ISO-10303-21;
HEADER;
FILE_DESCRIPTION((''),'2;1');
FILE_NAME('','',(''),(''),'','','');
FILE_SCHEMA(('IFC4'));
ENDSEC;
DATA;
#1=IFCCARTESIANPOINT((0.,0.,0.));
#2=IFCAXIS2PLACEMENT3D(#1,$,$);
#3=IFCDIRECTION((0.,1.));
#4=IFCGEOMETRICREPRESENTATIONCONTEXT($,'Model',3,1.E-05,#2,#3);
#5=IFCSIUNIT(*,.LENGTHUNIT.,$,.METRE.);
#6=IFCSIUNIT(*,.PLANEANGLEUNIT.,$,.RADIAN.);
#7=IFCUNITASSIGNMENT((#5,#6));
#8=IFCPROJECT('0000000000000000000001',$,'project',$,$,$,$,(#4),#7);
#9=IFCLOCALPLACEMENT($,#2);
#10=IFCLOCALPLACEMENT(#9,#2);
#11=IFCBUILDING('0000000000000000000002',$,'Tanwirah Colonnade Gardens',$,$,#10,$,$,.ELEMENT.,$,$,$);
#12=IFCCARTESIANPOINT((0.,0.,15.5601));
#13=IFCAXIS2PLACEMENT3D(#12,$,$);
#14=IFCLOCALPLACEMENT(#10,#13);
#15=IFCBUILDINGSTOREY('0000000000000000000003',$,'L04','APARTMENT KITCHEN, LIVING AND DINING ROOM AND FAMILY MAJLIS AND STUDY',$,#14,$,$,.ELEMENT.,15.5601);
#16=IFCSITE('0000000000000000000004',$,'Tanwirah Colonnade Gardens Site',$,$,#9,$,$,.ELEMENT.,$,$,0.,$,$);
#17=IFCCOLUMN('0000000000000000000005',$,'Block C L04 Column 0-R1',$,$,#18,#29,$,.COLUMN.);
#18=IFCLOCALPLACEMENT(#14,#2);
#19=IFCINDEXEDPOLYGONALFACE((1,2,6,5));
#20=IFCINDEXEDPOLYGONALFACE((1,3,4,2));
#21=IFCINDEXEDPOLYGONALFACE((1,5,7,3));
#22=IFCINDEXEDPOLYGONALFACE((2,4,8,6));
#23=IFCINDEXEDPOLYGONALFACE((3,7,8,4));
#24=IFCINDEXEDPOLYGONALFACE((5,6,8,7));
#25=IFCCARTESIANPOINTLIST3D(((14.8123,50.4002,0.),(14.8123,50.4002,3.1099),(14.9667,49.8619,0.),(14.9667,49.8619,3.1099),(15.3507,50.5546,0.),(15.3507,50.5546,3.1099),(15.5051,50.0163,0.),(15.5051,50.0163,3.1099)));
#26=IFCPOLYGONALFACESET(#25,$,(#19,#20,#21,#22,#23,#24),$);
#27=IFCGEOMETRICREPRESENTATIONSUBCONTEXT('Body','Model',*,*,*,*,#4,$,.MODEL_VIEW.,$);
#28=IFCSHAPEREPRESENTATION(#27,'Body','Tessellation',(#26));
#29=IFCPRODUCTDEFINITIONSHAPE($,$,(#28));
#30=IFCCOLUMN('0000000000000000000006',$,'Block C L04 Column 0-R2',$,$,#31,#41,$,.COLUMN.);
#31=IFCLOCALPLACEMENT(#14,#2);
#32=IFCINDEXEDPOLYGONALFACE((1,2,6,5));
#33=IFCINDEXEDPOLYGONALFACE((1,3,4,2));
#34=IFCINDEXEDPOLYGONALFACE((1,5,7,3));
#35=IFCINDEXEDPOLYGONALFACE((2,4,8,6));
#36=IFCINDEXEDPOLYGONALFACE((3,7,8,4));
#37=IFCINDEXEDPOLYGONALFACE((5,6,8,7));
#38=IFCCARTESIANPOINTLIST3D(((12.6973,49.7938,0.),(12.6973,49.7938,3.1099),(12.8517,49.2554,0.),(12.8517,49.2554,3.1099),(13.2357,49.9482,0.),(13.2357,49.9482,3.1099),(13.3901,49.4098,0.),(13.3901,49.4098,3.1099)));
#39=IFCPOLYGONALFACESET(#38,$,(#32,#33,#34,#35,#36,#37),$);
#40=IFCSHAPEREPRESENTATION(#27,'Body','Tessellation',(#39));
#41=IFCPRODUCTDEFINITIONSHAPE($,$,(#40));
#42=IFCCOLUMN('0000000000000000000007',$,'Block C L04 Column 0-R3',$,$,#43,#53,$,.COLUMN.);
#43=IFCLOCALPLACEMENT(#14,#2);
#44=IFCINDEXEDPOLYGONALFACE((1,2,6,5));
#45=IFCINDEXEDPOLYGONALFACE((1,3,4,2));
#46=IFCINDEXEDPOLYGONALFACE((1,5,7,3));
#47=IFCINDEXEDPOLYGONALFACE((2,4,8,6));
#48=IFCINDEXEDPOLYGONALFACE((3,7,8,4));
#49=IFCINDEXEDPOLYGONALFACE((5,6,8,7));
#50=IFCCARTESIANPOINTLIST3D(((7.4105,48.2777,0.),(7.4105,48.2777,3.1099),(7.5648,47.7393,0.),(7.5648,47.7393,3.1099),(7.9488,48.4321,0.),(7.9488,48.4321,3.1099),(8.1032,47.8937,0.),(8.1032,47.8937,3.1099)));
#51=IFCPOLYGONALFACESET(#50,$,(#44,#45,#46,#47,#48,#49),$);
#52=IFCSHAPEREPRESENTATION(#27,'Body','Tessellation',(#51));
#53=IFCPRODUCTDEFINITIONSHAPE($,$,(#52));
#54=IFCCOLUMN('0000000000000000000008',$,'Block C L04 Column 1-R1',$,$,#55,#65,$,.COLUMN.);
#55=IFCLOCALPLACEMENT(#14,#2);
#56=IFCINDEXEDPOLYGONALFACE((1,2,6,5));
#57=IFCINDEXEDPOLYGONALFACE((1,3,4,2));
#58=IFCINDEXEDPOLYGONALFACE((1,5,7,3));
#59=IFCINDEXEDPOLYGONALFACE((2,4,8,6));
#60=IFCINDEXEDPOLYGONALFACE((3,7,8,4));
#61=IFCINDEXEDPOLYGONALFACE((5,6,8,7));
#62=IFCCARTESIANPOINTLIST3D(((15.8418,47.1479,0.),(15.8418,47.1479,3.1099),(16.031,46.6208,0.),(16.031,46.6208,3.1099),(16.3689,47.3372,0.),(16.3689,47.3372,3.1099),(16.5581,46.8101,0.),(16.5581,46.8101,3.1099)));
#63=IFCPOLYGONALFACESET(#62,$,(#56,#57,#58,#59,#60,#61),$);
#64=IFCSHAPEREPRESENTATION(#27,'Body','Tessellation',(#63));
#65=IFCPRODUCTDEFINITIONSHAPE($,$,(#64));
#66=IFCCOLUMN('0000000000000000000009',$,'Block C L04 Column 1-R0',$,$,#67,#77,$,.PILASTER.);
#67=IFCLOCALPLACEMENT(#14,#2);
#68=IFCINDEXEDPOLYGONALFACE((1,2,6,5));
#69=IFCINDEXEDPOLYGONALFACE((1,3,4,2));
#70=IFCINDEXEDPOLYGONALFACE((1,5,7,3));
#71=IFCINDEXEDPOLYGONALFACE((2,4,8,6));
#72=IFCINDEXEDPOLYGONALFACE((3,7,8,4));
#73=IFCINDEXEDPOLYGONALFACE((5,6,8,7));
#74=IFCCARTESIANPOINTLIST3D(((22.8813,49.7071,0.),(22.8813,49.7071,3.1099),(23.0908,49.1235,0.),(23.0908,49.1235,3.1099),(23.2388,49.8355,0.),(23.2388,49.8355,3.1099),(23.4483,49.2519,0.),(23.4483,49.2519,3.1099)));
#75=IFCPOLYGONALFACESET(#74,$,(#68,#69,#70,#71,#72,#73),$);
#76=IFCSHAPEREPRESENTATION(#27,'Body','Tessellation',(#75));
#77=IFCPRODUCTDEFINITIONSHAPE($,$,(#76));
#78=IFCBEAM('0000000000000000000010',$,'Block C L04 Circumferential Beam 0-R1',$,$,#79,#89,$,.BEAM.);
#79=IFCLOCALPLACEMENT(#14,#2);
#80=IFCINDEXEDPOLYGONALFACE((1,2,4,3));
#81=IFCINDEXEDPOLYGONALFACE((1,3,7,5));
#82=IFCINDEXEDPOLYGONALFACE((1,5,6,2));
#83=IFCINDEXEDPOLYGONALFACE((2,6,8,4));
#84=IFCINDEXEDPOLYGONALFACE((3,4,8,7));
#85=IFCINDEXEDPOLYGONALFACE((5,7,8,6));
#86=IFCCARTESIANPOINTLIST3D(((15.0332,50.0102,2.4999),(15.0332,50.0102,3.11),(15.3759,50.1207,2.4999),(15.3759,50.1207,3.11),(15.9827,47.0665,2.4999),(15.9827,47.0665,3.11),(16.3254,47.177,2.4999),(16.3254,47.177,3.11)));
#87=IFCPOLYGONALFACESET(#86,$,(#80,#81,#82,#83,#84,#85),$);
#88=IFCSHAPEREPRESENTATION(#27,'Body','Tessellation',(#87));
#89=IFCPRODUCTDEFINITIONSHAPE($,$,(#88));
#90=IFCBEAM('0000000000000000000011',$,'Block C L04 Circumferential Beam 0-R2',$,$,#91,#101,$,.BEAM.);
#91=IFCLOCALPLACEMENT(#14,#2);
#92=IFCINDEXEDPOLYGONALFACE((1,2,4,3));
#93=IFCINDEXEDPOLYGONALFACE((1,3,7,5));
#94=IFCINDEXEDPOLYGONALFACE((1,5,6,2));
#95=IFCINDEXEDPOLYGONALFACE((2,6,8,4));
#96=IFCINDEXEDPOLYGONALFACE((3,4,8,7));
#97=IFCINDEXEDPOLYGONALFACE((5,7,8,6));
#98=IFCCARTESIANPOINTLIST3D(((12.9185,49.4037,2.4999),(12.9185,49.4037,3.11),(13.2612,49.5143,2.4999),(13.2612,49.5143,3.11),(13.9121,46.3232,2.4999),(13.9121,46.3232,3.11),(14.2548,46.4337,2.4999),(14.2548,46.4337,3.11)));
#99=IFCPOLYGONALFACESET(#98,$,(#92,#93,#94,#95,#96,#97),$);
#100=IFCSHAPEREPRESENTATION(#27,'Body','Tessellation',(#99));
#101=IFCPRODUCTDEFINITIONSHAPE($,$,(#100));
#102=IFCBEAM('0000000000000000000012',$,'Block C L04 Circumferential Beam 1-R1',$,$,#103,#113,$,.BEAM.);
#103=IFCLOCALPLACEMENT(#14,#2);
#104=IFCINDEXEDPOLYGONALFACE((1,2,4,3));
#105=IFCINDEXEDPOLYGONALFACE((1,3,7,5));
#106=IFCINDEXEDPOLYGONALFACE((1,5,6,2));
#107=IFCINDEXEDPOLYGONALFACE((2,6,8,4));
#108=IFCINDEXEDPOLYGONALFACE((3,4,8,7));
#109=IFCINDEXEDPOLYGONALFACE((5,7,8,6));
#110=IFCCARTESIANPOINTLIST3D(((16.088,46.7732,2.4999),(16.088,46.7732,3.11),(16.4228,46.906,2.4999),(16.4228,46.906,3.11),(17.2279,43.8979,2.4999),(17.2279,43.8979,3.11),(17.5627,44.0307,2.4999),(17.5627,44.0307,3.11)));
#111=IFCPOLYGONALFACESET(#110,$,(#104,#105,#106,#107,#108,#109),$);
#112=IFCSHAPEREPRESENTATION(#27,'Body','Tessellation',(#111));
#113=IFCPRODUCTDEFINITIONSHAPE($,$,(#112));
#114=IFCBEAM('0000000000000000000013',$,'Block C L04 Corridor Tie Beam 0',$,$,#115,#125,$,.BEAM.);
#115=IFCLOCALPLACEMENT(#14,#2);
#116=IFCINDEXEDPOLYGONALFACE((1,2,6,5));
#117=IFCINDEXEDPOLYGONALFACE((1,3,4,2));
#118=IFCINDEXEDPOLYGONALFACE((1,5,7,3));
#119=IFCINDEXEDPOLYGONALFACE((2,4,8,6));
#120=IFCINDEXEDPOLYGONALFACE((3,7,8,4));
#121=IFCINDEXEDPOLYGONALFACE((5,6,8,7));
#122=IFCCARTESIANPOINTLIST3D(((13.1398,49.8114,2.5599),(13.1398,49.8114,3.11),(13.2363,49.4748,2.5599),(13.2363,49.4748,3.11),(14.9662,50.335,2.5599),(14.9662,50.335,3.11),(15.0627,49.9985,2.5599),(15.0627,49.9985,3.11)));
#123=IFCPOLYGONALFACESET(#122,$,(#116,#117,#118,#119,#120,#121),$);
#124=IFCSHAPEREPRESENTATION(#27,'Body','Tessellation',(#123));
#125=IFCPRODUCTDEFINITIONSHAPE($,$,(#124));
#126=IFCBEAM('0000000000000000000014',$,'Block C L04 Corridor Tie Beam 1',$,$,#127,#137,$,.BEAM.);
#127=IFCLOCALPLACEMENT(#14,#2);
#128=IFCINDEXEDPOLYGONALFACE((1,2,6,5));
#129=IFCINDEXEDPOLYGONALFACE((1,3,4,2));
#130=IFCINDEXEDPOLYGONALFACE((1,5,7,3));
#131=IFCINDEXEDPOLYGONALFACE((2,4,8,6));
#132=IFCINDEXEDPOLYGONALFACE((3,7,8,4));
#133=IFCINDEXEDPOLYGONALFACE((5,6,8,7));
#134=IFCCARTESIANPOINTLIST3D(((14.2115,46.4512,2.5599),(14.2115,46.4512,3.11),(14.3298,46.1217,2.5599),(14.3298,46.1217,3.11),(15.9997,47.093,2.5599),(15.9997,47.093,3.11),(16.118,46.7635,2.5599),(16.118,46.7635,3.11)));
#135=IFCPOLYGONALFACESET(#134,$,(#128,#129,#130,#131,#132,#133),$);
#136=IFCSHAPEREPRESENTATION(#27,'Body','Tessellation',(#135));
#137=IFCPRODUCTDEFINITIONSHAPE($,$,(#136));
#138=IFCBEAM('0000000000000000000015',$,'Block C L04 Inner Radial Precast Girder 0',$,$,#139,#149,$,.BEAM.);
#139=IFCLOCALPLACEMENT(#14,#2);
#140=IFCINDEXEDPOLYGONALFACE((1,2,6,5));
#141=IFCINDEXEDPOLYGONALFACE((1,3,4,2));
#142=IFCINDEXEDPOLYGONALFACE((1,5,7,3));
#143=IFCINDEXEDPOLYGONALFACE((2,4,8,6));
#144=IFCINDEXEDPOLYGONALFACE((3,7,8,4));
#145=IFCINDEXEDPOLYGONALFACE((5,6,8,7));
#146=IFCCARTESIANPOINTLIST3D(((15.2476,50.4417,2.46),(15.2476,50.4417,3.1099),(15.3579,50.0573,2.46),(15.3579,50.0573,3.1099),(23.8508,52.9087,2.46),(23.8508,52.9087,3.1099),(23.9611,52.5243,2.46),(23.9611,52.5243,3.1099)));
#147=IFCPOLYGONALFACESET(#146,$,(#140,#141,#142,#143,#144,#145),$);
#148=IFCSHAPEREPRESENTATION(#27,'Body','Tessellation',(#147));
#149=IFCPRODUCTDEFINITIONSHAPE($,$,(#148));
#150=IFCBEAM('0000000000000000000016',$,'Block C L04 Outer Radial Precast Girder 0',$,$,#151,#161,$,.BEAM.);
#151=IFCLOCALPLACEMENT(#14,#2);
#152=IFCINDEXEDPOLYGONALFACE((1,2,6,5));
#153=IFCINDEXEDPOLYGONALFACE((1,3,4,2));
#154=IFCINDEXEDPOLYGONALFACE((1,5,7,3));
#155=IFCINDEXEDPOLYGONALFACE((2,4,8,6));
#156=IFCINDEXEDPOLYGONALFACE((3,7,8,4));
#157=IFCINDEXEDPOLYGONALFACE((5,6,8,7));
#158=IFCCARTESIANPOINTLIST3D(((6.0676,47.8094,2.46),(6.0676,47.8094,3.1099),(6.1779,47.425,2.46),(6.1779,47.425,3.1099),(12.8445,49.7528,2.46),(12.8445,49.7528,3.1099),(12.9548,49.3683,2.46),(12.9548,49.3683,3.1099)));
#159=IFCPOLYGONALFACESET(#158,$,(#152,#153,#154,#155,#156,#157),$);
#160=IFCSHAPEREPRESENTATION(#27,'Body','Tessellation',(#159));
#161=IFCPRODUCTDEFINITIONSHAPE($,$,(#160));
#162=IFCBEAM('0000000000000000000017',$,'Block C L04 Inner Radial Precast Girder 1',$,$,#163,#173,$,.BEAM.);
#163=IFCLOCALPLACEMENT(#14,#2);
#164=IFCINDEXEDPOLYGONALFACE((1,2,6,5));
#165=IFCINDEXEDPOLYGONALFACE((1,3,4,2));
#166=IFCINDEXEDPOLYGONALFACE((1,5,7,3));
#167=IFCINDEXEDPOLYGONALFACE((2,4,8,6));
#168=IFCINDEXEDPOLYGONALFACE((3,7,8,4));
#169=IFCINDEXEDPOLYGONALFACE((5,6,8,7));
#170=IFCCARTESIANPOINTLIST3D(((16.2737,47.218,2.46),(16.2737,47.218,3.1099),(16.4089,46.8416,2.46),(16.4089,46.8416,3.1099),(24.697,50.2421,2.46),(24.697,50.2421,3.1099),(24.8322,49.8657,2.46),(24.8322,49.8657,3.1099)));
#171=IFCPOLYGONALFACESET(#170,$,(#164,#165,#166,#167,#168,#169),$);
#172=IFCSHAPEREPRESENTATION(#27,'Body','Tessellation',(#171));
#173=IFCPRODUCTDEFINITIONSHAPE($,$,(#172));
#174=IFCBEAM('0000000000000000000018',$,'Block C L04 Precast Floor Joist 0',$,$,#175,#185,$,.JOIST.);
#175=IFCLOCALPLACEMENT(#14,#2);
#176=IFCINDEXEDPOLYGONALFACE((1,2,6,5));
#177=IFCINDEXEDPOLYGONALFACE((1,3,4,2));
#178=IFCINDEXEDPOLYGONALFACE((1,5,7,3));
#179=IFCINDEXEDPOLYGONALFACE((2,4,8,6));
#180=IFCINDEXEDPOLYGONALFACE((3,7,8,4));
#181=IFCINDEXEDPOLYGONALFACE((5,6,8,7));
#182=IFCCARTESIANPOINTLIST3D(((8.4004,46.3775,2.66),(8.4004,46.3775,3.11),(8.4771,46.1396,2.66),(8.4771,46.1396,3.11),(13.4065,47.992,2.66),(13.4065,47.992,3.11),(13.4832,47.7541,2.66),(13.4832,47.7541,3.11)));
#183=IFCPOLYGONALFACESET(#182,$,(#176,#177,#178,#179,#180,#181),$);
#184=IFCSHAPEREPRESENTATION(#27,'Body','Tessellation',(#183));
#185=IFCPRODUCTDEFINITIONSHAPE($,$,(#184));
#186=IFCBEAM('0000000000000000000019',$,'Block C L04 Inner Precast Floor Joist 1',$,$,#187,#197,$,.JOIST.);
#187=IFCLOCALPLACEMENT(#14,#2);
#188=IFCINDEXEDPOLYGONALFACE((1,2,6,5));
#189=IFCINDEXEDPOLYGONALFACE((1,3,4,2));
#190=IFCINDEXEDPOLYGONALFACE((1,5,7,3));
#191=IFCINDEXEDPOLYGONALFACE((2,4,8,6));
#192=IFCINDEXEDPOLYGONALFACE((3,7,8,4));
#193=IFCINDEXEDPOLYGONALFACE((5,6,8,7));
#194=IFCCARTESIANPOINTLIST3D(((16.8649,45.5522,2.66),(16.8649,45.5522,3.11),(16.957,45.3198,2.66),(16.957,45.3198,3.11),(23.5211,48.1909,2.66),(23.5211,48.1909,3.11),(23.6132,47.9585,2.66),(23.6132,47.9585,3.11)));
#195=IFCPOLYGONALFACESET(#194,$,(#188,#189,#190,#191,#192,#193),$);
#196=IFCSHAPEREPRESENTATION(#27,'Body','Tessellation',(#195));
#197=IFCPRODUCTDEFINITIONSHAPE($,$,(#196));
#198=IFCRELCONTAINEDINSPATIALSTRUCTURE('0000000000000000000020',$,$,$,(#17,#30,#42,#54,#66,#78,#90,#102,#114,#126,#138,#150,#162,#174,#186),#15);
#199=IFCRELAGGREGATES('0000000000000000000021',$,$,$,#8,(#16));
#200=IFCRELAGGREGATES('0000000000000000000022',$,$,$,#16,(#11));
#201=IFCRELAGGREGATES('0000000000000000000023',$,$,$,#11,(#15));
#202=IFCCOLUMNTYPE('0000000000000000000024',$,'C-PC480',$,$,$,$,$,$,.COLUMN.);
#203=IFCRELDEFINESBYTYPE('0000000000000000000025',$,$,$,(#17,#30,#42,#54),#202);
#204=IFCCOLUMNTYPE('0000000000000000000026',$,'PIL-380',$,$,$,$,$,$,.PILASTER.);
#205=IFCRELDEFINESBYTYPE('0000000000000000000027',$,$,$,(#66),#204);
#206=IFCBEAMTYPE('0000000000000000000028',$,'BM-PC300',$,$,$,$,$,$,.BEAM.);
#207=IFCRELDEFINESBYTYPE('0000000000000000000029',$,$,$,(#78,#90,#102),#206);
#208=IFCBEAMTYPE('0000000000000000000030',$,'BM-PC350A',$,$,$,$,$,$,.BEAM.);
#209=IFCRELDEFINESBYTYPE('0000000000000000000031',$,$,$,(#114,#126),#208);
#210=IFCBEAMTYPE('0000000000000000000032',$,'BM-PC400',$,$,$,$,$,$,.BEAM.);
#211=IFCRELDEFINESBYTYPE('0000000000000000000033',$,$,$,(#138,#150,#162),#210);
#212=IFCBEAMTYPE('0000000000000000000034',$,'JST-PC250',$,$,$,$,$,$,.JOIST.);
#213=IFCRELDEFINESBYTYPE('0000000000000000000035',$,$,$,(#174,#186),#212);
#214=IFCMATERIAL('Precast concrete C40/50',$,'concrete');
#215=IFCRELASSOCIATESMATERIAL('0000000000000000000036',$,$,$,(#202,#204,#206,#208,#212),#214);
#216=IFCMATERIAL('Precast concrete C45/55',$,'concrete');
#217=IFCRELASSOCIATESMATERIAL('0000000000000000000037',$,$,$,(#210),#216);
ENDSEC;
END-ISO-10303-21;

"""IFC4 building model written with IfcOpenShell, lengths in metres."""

from ifc_helpers import new_model, si_unit, direction, frame, origin, origin_2d, place, context, subcontext, project, spatial, rectangle, extrude, material, material_profile, profile_set, type_object, element, save


model = new_model("IFC4")

# Units and contexts
model_context = context("Model", 3, precision=1e-05, world=origin(), true_north=direction((0.0, 1.0)))
body_context = subcontext(model_context, "Body", "Model", "MODEL_VIEW")
ifc_project = project(units=[si_unit("LENGTHUNIT", "METRE"), si_unit("PLANEANGLEUNIT", "RADIAN")], contexts=[model_context])

# Site, building, storey
site_placement = place(None, origin())
site = spatial("IfcSite", under=ifc_project, at=site_placement, Name="Tanwirah Colonnade Gardens Site", CompositionType="ELEMENT", RefElevation=0.0)
building_placement = place(site_placement, origin())
building = spatial("IfcBuilding", under=site, at=building_placement, Name="Tanwirah Colonnade Gardens", CompositionType="ELEMENT")
storey_placement = place(building_placement, frame((0.0, 0.0, 15.5601)))
storey = spatial("IfcBuildingStorey", under=building, at=storey_placement, Name="L04", Description="APARTMENT KITCHEN, LIVING AND DINING ROOM AND FAMILY MAJLIS AND STUDY", CompositionType="ELEMENT", Elevation=15.5601)

# Columns
ifc_material_1 = material(Name="Precast concrete C40/50", Category="concrete")
ifc_material_profile_1 = material_profile(ifc_material_1, rectangle(XDim=0.5601, YDim=0.5601, at=origin_2d()), Name="PC-COL 560x560")
ifc_profile_set_1 = profile_set([ifc_material_profile_1], Name="Precast concrete C40/50")
column_type_1 = type_object("IfcColumnType", Name="C-PC480", PredefinedType="COLUMN", material=ifc_profile_set_1)
for number, where, z_axis, x_axis, name in (
    (1, (15.1587, 50.2083, 0.0), (0.0, 0.0, 1.0), (-0.961262, -0.275637, 0.0), "Block C L04 Column 0-R1"),
    (2, (13.0437, 49.6018, 0.0), (0.0, 0.0, 1.0), (-0.961262, -0.275637, 0.0), "Block C L04 Column 0-R2"),
    (3, (7.7568, 48.0857, 0.0), (0.0, 0.0, 1.0), (-0.961262, -0.275637, 0.0), "Block C L04 Column 0-R3"),
    (4, (16.2, 46.979, 0.0), (0.0, 0.0, 1.0), (-0.941176, -0.337917, 0.0), "Block C L04 Column 1-R1"),
):
    element("IfcColumn", number, at=place(storey_placement, frame(where, z_axis=z_axis, x_axis=x_axis)), inside=storey, type_object=column_type_1, Name=name, PredefinedType="COLUMN", context=body_context, shape_type="SweptSolid", body=[
        extrude(rectangle(XDim=0.5601, YDim=0.5601, at=origin_2d()), origin(), (0.0, 0.0, 1.0), 3.1099),
    ])
ifc_material_profile_2 = material_profile(ifc_material_1, rectangle(XDim=0.3799, YDim=0.6201, at=origin_2d()), Name="PC-PIL 380x620")
ifc_profile_set_2 = profile_set([ifc_material_profile_2], Name="Precast concrete C40/50")
column_type_2 = type_object("IfcColumnType", Name="PIL-380", PredefinedType="PILASTER", material=ifc_profile_set_2)
column_placement = place(storey_placement, frame((23.1648, 49.4795, 0.0), z_axis=(0.0, 0.0, 1.0), x_axis=(-0.941176, -0.337917, 0.0)))
element("IfcColumn", 5, at=column_placement, inside=storey, type_object=column_type_2, Name="Block C L04 Column 1-R0", PredefinedType="PILASTER", context=body_context, shape_type="SweptSolid", body=[
    extrude(rectangle(XDim=0.3799, YDim=0.6201, at=origin_2d()), origin(), (0.0, 0.0, 1.0), 3.1099),
])

# Beams
ifc_material_profile_3 = material_profile(ifc_material_1, rectangle(XDim=0.3601, YDim=0.6101, at=origin_2d()), Name="PC-BM 360x610")
ifc_profile_set_3 = profile_set([ifc_material_profile_3], Name="Precast concrete C40/50")
beam_type_1 = type_object("IfcBeamType", Name="BM-PC300", PredefinedType="BEAM", material=ifc_profile_set_3)
beam_1_placement = place(storey_placement, frame((15.2046, 50.0654, 2.8049), z_axis=(0.306977, -0.951717, 0.0), x_axis=(0.951717, 0.306977, 0.0)))
element("IfcBeam", 6, at=beam_1_placement, inside=storey, type_object=beam_type_1, Name="Block C L04 Circumferential Beam 0-R1", PredefinedType="BEAM", context=body_context, shape_type="SweptSolid", body=[
    extrude(rectangle(XDim=0.3601, YDim=0.6101, at=origin_2d()), origin(), (0.0, 0.0, 1.0), 3.093),
])
beam_2_placement = place(storey_placement, frame((13.0898, 49.459, 2.8049), z_axis=(0.306981, -0.951716, 0.0), x_axis=(0.951716, 0.306981, 0.0)))
element("IfcBeam", 7, at=beam_2_placement, inside=storey, type_object=beam_type_1, Name="Block C L04 Circumferential Beam 0-R2", PredefinedType="BEAM", context=body_context, shape_type="SweptSolid", body=[
    extrude(rectangle(XDim=0.3601, YDim=0.6101, at=origin_2d()), origin(), (0.0, 0.0, 1.0), 3.2368),
])
beam_3_placement = place(storey_placement, frame((16.2554, 46.8396, 2.8049), z_axis=(0.368545, -0.92961, 0.0), x_axis=(0.92961, 0.368545, 0.0)))
element("IfcBeam", 8, at=beam_3_placement, inside=storey, type_object=beam_type_1, Name="Block C L04 Circumferential Beam 1-R1", PredefinedType="BEAM", context=body_context, shape_type="SweptSolid", body=[
    extrude(rectangle(XDim=0.3601, YDim=0.6101, at=origin_2d()), origin(), (0.0, 0.0, 1.0), 3.093),
])
ifc_material_profile_4 = material_profile(ifc_material_1, rectangle(XDim=0.3501, YDim=0.55, at=origin_2d()), Name="PC-BM 350x550")
ifc_profile_set_4 = profile_set([ifc_material_profile_4], Name="Precast concrete C40/50")
beam_type_2 = type_object("IfcBeamType", Name="BM-PC350A", PredefinedType="BEAM", material=ifc_profile_set_4)
for number, where, z_axis, x_axis, name in (
    (9, (15.0144, 50.1667, 2.835), (-0.961267, -0.27562, 0.0), (0.27562, -0.961267, 0.0), "Block C L04 Corridor Tie Beam 0"),
    (10, (16.0588, 46.9282, 2.835), (-0.941215, -0.337809, 0.0), (0.337809, -0.941215, 0.0), "Block C L04 Corridor Tie Beam 1"),
):
    element("IfcBeam", number, at=place(storey_placement, frame(where, z_axis=z_axis, x_axis=x_axis)), inside=storey, type_object=beam_type_2, Name=name, PredefinedType="BEAM", context=body_context, shape_type="SweptSolid", body=[
        extrude(rectangle(XDim=0.3501, YDim=0.55, at=origin_2d()), origin(), (0.0, 0.0, 1.0), 1.8999),
    ])
ifc_material_2 = material(Name="Precast concrete C45/55", Category="concrete")
ifc_material_profile_5 = material_profile(ifc_material_2, rectangle(XDim=0.3999, YDim=0.6499, at=origin_2d()), Name="PC-BM 400x650")
ifc_profile_set_5 = profile_set([ifc_material_profile_5], Name="Precast concrete C45/55")
beam_type_3 = type_object("IfcBeamType", Name="BM-PC400", PredefinedType="BEAM", material=ifc_profile_set_5)
beam_4_placement = place(storey_placement, frame((15.3027, 50.2495, 2.7849), z_axis=(0.961259, 0.275647, 0.0), x_axis=(-0.275647, 0.961259, 0.0)))
element("IfcBeam", 11, at=beam_4_placement, inside=storey, type_object=beam_type_3, Name="Block C L04 Inner Radial Precast Girder 0", PredefinedType="BEAM", context=body_context, shape_type="SweptSolid", body=[
    extrude(rectangle(XDim=0.3999, YDim=0.6499, at=origin_2d()), origin(), (0.0, 0.0, 1.0), 8.95),
])
beam_5_placement = place(storey_placement, frame((12.8997, 49.5605, 2.7849), z_axis=(-0.961257, -0.275654, 0.0), x_axis=(0.275654, -0.961257, 0.0)))
element("IfcBeam", 12, at=beam_5_placement, inside=storey, type_object=beam_type_3, Name="Block C L04 Outer Radial Precast Girder 0", PredefinedType="BEAM", context=body_context, shape_type="SweptSolid", body=[
    extrude(rectangle(XDim=0.3999, YDim=0.6499, at=origin_2d()), origin(), (0.0, 0.0, 1.0), 7.05),
])
beam_6_placement = place(storey_placement, frame((16.3413, 47.0298, 2.7849), z_axis=(0.94118, 0.337905, 0.0), x_axis=(-0.337905, 0.94118, 0.0)))
element("IfcBeam", 13, at=beam_6_placement, inside=storey, type_object=beam_type_3, Name="Block C L04 Inner Radial Precast Girder 1", PredefinedType="BEAM", context=body_context, shape_type="SweptSolid", body=[
    extrude(rectangle(XDim=0.3999, YDim=0.6499, at=origin_2d()), origin(), (0.0, 0.0, 1.0), 8.9497),
])
ifc_material_profile_6 = material_profile(ifc_material_1, rectangle(XDim=0.25, YDim=0.45, at=origin_2d()), Name="PC-JST 250x450")
ifc_profile_set_6 = profile_set([ifc_material_profile_6], Name="Precast concrete C40/50")
beam_type_4 = type_object("IfcBeamType", Name="JST-PC250", PredefinedType="JOIST", material=ifc_profile_set_6)
beam_7_placement = place(storey_placement, frame((13.4448, 47.873, 2.885), z_axis=(-0.951729, -0.306939, 0.0), x_axis=(0.306939, -0.951729, 0.0)))
element("IfcBeam", 14, at=beam_7_placement, inside=storey, type_object=beam_type_4, Name="Block C L04 Precast Floor Joist 0", PredefinedType="JOIST", context=body_context, shape_type="SweptSolid", body=[
    extrude(rectangle(XDim=0.25, YDim=0.45, at=origin_2d()), origin(), (0.0, 0.0, 1.0), 5.26),
])
beam_8_placement = place(storey_placement, frame((23.5671, 48.0747, 2.885), z_axis=(-0.92962, -0.36852, 0.0), x_axis=(0.36852, -0.92962, 0.0)))
element("IfcBeam", 15, at=beam_8_placement, inside=storey, type_object=beam_type_4, Name="Block C L04 Inner Precast Floor Joist 1", PredefinedType="JOIST", context=body_context, shape_type="SweptSolid", body=[
    extrude(rectangle(XDim=0.25, YDim=0.45, at=origin_2d()), origin(), (0.0, 0.0, 1.0), 7.1602),
])

save(model, "model.ifc")
